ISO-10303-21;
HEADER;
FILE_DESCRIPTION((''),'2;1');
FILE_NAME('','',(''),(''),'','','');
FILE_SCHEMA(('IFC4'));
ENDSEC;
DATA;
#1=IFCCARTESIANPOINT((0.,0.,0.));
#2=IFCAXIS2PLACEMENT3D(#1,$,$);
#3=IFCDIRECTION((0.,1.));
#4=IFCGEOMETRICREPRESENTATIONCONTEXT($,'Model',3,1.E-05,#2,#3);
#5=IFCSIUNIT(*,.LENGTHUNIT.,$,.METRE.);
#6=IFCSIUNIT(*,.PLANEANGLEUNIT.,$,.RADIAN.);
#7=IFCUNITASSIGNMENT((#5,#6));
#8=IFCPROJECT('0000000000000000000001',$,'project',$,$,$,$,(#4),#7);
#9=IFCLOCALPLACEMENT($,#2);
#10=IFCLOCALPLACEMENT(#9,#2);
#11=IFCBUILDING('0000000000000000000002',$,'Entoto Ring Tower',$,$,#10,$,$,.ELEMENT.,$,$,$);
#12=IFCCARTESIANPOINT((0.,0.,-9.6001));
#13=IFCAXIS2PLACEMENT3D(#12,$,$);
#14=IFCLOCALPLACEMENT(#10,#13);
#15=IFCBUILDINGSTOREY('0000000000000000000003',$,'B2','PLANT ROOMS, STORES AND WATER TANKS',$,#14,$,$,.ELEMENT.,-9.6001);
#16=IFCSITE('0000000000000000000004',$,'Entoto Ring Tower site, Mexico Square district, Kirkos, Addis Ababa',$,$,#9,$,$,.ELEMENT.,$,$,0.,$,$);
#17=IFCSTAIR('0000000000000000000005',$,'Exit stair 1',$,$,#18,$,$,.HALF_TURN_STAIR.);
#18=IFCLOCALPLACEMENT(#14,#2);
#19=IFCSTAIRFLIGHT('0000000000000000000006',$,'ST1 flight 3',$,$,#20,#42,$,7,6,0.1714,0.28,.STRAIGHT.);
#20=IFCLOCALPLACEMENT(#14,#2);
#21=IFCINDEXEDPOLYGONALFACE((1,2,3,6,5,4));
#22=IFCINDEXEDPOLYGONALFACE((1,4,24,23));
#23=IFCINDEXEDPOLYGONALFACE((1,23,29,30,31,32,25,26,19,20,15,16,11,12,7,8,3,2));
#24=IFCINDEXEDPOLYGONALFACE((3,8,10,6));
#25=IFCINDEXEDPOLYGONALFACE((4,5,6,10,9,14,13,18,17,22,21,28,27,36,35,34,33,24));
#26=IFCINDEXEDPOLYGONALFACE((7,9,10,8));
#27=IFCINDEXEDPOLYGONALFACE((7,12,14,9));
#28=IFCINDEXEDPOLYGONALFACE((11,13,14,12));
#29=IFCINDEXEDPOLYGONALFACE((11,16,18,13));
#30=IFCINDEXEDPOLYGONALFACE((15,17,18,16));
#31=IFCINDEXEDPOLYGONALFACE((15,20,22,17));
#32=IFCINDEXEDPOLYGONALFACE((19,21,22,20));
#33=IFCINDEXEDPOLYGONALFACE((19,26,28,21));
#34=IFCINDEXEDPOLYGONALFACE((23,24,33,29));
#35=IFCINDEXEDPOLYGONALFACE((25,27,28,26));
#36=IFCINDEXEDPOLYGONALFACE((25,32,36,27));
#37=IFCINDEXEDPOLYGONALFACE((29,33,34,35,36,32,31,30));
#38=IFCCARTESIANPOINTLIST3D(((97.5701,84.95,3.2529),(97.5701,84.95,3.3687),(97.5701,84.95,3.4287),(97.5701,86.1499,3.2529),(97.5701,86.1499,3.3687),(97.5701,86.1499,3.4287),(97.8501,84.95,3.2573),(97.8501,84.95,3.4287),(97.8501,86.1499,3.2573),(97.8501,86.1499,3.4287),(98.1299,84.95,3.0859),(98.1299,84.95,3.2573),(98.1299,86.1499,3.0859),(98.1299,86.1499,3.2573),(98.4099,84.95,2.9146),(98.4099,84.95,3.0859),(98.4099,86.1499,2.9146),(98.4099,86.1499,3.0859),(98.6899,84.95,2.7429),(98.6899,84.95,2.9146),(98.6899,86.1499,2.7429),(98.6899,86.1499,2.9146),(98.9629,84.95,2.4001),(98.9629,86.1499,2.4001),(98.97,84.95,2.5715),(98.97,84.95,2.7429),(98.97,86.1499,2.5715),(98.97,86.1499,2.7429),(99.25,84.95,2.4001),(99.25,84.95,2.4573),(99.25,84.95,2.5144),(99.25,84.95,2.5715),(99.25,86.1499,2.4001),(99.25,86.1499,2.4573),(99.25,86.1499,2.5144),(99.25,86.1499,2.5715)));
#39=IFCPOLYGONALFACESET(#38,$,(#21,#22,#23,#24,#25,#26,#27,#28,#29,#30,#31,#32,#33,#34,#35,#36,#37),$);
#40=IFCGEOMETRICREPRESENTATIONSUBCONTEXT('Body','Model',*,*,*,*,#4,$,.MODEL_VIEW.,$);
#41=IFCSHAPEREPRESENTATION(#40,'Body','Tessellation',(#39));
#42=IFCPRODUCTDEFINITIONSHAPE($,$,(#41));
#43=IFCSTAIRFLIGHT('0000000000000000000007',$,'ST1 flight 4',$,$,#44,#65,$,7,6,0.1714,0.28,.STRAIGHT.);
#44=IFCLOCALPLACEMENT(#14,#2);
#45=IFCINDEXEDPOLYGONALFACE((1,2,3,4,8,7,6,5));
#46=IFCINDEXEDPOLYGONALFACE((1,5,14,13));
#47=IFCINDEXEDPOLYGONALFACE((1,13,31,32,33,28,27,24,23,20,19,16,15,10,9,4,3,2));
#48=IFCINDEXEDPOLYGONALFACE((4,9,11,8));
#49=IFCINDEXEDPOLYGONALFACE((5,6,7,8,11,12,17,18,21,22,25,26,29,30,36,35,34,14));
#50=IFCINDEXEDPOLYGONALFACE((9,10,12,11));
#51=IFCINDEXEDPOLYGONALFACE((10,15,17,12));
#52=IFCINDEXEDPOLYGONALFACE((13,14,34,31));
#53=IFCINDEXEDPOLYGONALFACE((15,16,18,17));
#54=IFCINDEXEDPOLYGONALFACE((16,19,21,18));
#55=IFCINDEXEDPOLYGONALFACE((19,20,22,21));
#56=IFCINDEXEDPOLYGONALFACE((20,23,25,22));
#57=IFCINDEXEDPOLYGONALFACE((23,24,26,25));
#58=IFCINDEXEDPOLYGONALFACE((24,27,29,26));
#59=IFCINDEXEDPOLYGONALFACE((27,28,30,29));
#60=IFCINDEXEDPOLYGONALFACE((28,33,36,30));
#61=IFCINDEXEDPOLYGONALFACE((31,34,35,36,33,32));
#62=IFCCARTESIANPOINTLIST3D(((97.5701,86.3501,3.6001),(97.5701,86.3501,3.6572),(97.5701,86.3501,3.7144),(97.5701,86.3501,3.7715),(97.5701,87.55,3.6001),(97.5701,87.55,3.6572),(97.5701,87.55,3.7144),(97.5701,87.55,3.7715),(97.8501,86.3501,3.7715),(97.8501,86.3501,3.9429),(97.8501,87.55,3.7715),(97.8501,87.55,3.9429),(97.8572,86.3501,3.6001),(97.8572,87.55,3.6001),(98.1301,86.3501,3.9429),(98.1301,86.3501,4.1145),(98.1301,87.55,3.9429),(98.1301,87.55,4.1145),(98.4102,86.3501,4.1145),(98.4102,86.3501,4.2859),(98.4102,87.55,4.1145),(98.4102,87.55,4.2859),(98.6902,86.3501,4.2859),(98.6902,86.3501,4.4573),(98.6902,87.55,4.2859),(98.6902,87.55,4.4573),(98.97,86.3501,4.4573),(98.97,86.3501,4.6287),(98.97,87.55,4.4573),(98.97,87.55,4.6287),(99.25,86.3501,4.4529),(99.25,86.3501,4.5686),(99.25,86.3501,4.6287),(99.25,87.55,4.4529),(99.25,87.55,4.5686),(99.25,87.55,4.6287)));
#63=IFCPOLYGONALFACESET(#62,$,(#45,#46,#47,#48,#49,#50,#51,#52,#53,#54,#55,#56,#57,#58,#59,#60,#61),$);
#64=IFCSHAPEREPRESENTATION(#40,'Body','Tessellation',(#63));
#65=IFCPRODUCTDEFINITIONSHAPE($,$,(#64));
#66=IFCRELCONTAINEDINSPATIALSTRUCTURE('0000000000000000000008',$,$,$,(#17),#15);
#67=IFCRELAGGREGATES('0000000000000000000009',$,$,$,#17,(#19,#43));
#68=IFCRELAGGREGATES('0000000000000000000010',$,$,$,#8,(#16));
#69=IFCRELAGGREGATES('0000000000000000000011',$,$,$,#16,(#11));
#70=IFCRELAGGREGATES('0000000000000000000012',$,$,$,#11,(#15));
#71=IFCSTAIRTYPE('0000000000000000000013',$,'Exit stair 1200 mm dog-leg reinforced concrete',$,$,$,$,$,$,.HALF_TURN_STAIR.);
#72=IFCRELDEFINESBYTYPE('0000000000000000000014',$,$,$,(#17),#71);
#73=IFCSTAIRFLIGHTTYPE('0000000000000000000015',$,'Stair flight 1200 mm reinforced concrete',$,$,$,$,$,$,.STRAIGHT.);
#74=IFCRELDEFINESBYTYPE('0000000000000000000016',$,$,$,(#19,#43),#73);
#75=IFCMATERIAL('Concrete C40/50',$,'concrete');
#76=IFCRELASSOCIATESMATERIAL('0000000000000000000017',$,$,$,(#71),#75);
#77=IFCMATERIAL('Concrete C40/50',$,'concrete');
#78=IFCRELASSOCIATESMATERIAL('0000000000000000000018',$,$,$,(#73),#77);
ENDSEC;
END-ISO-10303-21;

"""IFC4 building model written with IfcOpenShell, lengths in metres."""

from ifc_helpers import new_model, si_unit, direction, frame, origin, place, context, subcontext, project, spatial, polyline, outline, extrude, material, type_object, element, aggregate, save


model = new_model("IFC4")

# Units and contexts
model_context = context("Model", 3, precision=1e-05, world=origin(), true_north=direction((0.0, 1.0)))
body_context = subcontext(model_context, "Body", "Model", "MODEL_VIEW")
ifc_project = project(units=[si_unit("LENGTHUNIT", "METRE"), si_unit("PLANEANGLEUNIT", "RADIAN")], contexts=[model_context])

# Site, building, storey
site_placement = place(None, origin())
site = spatial("IfcSite", under=ifc_project, at=site_placement, Name="Entoto Ring Tower site, Mexico Square district, Kirkos, Addis Ababa", CompositionType="ELEMENT", RefElevation=0.0)
building_placement = place(site_placement, origin())
building = spatial("IfcBuilding", under=site, at=building_placement, Name="Entoto Ring Tower", CompositionType="ELEMENT")
storey_placement = place(building_placement, frame((0.0, 0.0, -9.6001)))
storey = spatial("IfcBuildingStorey", under=building, at=storey_placement, Name="B2", Description="PLANT ROOMS, STORES AND WATER TANKS", CompositionType="ELEMENT", Elevation=-9.6001)

# Stair, stair flights
ifc_material_1 = material(Name="Concrete C40/50", Category="concrete")
stair_type = type_object("IfcStairType", Name="Exit stair 1200 mm dog-leg reinforced concrete", PredefinedType="HALF_TURN_STAIR", material=ifc_material_1)
stair_placement = place(storey_placement, origin())
stair = element("IfcStair", 1, at=stair_placement, inside=storey, type_object=stair_type, Name="Exit stair 1", PredefinedType="HALF_TURN_STAIR")
ifc_material_2 = material(Name="Concrete C40/50", Category="concrete")
stair_flight_type = type_object("IfcStairFlightType", Name="Stair flight 1200 mm reinforced concrete", PredefinedType="STRAIGHT", material=ifc_material_2)
stair_flight_1_placement = place(storey_placement, frame((99.25, 85.55, 2.4001), z_axis=(0.0, 0.0, 1.0), x_axis=(-1.0, 0.0, 0.0)))
stair_flight_1 = element("IfcStairFlight", 2, at=stair_flight_1_placement, type_object=stair_flight_type, Name="ST1 flight 3", NumberOfRisers=7, NumberOfTreads=6, PredefinedType="STRAIGHT", RiserHeight=0.1714, TreadLength=0.28, context=body_context, shape_type="SweptSolid", body=[
    extrude(outline(polyline([(0.0, 0.0), (0.0, 0.0571), (0.0, 0.1143), (0.0, 0.1714), (0.28, 0.1714), (0.28, 0.3428), (0.5601, 0.3428), (0.5601, 0.5144), (0.8401, 0.5144), (0.8401, 0.6858), (1.1201, 0.6858), (1.1201, 0.8572), (1.3999, 0.8572), (1.3999, 1.0286), (1.6799, 1.0286), (1.6799, 1.2), (1.6799, 1.0842), (1.6799, 0.9685), (1.6799, 0.8528), (0.2871, 0.0), (0.0, 0.0)])), frame((0.0, 0.6001, 0.0), z_axis=(0.0, -1.0, 0.0), x_axis=(1.0, 0.0, 0.0)), (0.0, 0.0, 1.0), 1.2),
])
stair_flight_2_placement = place(storey_placement, frame((97.5701, 86.95, 3.6001), z_axis=(0.0, 0.0, 1.0), x_axis=(1.0, 0.0, 0.0)))
stair_flight_2 = element("IfcStairFlight", 3, at=stair_flight_2_placement, type_object=stair_flight_type, Name="ST1 flight 4", NumberOfRisers=7, NumberOfTreads=6, PredefinedType="STRAIGHT", RiserHeight=0.1714, TreadLength=0.28, context=body_context, shape_type="SweptSolid", body=[
    extrude(outline(polyline([(0.0, 0.0), (0.0, 0.0571), (0.0, 0.1143), (0.0, 0.1714), (0.28, 0.1714), (0.28, 0.3428), (0.5601, 0.3428), (0.5601, 0.5144), (0.8401, 0.5144), (0.8401, 0.6858), (1.1201, 0.6858), (1.1201, 0.8572), (1.3999, 0.8572), (1.3999, 1.0286), (1.6799, 1.0286), (1.6799, 1.2), (1.6799, 1.0842), (1.6799, 0.9685), (1.6799, 0.8528), (0.2871, 0.0), (0.0, 0.0)])), frame((0.0, 0.6001, 0.0), z_axis=(0.0, -1.0, 0.0), x_axis=(1.0, 0.0, 0.0)), (0.0, 0.0, 1.0), 1.2),
])
aggregate(stair, [stair_flight_1, stair_flight_2])

save(model, "model.ifc")
